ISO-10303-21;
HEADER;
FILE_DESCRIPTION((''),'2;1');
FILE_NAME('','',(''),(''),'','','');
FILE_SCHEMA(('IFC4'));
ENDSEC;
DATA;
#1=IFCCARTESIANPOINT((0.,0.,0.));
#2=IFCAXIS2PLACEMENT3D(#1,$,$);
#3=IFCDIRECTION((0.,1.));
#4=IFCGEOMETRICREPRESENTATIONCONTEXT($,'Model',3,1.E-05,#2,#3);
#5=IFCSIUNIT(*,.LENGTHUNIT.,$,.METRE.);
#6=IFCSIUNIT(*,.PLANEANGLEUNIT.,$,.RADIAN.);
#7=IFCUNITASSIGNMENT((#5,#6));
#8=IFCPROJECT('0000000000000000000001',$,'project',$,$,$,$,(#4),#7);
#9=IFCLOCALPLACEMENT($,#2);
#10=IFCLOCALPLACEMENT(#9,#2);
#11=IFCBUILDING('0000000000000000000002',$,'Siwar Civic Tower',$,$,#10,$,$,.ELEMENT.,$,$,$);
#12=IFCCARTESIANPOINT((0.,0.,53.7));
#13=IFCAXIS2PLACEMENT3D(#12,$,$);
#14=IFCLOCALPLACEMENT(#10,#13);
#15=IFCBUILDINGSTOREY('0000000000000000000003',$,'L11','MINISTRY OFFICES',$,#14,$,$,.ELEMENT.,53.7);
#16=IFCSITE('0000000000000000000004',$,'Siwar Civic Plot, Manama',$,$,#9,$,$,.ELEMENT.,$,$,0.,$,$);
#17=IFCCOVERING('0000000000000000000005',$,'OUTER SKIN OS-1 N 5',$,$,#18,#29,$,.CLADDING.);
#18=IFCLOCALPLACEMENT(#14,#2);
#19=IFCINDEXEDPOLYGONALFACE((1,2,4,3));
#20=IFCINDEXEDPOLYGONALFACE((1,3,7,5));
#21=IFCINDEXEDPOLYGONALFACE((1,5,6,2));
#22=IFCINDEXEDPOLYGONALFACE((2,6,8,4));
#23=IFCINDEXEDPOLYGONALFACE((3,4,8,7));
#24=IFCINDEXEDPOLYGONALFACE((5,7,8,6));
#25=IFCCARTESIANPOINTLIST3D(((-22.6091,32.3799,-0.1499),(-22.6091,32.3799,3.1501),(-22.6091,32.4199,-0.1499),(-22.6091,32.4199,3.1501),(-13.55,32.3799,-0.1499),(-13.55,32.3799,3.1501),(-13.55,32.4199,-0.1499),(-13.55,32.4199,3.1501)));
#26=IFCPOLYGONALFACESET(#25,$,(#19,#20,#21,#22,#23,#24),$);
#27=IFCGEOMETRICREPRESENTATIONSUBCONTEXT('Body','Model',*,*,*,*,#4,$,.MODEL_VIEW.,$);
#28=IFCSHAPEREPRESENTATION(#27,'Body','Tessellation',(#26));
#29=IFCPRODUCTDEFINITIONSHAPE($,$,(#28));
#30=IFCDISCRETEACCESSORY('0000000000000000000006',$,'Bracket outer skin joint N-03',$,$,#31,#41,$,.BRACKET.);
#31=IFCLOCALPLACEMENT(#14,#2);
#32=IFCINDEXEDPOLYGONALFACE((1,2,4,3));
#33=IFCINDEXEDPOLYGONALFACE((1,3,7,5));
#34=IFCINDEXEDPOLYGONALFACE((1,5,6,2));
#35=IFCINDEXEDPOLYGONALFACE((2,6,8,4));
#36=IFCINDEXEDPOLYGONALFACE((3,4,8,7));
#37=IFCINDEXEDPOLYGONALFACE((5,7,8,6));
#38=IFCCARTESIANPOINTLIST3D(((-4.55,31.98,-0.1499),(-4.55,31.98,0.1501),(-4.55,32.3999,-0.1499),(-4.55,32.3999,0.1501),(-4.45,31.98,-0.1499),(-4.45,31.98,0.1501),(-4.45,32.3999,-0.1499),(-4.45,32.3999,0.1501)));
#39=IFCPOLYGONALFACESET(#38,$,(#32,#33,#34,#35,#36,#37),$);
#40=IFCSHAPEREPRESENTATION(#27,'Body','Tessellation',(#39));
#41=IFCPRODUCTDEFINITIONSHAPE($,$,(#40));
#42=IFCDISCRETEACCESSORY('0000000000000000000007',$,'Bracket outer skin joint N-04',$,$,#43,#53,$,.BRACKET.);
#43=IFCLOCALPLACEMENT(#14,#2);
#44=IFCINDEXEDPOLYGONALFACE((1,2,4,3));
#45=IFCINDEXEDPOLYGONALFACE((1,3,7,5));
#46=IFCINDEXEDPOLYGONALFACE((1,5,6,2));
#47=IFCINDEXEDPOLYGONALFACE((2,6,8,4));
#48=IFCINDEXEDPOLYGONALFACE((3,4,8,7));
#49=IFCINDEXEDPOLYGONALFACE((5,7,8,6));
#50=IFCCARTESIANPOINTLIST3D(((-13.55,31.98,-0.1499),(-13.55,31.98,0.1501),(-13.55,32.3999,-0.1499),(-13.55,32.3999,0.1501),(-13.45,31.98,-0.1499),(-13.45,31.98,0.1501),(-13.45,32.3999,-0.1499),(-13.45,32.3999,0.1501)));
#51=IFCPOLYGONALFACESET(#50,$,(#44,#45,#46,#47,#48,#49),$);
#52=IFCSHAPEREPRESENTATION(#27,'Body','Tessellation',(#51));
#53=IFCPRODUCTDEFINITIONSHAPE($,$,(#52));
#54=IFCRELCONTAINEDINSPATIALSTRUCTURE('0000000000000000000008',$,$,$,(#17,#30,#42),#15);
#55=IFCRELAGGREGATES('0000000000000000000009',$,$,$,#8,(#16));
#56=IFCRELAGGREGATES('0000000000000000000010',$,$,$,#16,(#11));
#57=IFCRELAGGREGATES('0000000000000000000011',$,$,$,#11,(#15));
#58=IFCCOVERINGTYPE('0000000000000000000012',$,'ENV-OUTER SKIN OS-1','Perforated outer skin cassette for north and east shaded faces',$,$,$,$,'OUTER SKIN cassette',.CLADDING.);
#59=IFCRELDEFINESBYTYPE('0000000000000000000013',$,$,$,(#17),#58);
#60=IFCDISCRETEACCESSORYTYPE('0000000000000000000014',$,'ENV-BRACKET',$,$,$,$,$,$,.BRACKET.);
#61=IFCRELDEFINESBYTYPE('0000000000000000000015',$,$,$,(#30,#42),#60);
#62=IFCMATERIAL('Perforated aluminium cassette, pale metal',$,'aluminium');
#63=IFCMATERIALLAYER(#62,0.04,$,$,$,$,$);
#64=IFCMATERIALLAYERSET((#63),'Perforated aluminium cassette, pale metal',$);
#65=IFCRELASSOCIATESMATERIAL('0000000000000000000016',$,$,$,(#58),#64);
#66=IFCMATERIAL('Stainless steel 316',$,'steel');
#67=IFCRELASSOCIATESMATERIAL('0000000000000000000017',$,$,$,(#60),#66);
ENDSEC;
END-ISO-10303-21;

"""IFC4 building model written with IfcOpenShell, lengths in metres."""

from ifc_helpers import new_model, si_unit, direction, frame, origin, origin_2d, place, context, subcontext, project, spatial, rectangle, extrude, material, layer, layer_set, type_object, element, save


model = new_model("IFC4")

# Units and contexts
model_context = context("Model", 3, precision=1e-05, world=origin(), true_north=direction((0.0, 1.0)))
body_context = subcontext(model_context, "Body", "Model", "MODEL_VIEW")
ifc_project = project(units=[si_unit("LENGTHUNIT", "METRE"), si_unit("PLANEANGLEUNIT", "RADIAN")], contexts=[model_context])

# Site, building, storey
site_placement = place(None, origin())
site = spatial("IfcSite", under=ifc_project, at=site_placement, Name="Siwar Civic Plot, Manama", CompositionType="ELEMENT", RefElevation=0.0)
building_placement = place(site_placement, origin())
building = spatial("IfcBuilding", under=site, at=building_placement, Name="Siwar Civic Tower", CompositionType="ELEMENT")
storey_placement = place(building_placement, frame((0.0, 0.0, 53.7)))
storey = spatial("IfcBuildingStorey", under=building, at=storey_placement, Name="L11", Description="MINISTRY OFFICES", CompositionType="ELEMENT", Elevation=53.7)

# Covering
ifc_material_1 = material(Name="Perforated aluminium cassette, pale metal", Category="aluminium")
ifc_layer_1 = layer(ifc_material_1, 0.04)
ifc_layer_set_1 = layer_set([ifc_layer_1], Name="Perforated aluminium cassette, pale metal")
covering_type = type_object("IfcCoveringType", Name="ENV-OUTER SKIN OS-1", Description="Perforated outer skin cassette for north and east shaded faces", ElementType="OUTER SKIN cassette", PredefinedType="CLADDING", material=ifc_layer_set_1)
covering_1_placement = place(storey_placement, frame((-18.0796, 32.3999, -0.1499), z_axis=(0.0, 0.0, 1.0), x_axis=(-1.0, 0.0, 0.0)))
element("IfcCovering", 1, at=covering_1_placement, inside=storey, type_object=covering_type, Name="OUTER SKIN OS-1 N 5", PredefinedType="CLADDING", context=body_context, shape_type="SweptSolid", body=[
    extrude(rectangle(XDim=9.0591, YDim=0.04, at=origin_2d()), origin(), (0.0, 0.0, 1.0), 3.3),
])

# Discrete accessories
ifc_material_2 = material(Name="Stainless steel 316", Category="steel")
discrete_accessory_type = type_object("IfcDiscreteAccessoryType", Name="ENV-BRACKET", PredefinedType="BRACKET", material=ifc_material_2)
for number, where, z_axis, x_axis, name in (
    (2, (-4.5, 32.1899, -0.1499), (0.0, 0.0, 1.0), (0.0, 1.0, 0.0), "Bracket outer skin joint N-03"),
    (3, (-13.5, 32.1899, -0.1499), (0.0, 0.0, 1.0), (0.0, 1.0, 0.0), "Bracket outer skin joint N-04"),
):
    element("IfcDiscreteAccessory", number, at=place(storey_placement, frame(where, z_axis=z_axis, x_axis=x_axis)), inside=storey, type_object=discrete_accessory_type, Name=name, PredefinedType="BRACKET", context=body_context, shape_type="SweptSolid", body=[
        extrude(rectangle(XDim=0.4199, YDim=0.1001, at=origin_2d()), origin(), (0.0, 0.0, 1.0), 0.3),
    ])

save(model, "model.ifc")
